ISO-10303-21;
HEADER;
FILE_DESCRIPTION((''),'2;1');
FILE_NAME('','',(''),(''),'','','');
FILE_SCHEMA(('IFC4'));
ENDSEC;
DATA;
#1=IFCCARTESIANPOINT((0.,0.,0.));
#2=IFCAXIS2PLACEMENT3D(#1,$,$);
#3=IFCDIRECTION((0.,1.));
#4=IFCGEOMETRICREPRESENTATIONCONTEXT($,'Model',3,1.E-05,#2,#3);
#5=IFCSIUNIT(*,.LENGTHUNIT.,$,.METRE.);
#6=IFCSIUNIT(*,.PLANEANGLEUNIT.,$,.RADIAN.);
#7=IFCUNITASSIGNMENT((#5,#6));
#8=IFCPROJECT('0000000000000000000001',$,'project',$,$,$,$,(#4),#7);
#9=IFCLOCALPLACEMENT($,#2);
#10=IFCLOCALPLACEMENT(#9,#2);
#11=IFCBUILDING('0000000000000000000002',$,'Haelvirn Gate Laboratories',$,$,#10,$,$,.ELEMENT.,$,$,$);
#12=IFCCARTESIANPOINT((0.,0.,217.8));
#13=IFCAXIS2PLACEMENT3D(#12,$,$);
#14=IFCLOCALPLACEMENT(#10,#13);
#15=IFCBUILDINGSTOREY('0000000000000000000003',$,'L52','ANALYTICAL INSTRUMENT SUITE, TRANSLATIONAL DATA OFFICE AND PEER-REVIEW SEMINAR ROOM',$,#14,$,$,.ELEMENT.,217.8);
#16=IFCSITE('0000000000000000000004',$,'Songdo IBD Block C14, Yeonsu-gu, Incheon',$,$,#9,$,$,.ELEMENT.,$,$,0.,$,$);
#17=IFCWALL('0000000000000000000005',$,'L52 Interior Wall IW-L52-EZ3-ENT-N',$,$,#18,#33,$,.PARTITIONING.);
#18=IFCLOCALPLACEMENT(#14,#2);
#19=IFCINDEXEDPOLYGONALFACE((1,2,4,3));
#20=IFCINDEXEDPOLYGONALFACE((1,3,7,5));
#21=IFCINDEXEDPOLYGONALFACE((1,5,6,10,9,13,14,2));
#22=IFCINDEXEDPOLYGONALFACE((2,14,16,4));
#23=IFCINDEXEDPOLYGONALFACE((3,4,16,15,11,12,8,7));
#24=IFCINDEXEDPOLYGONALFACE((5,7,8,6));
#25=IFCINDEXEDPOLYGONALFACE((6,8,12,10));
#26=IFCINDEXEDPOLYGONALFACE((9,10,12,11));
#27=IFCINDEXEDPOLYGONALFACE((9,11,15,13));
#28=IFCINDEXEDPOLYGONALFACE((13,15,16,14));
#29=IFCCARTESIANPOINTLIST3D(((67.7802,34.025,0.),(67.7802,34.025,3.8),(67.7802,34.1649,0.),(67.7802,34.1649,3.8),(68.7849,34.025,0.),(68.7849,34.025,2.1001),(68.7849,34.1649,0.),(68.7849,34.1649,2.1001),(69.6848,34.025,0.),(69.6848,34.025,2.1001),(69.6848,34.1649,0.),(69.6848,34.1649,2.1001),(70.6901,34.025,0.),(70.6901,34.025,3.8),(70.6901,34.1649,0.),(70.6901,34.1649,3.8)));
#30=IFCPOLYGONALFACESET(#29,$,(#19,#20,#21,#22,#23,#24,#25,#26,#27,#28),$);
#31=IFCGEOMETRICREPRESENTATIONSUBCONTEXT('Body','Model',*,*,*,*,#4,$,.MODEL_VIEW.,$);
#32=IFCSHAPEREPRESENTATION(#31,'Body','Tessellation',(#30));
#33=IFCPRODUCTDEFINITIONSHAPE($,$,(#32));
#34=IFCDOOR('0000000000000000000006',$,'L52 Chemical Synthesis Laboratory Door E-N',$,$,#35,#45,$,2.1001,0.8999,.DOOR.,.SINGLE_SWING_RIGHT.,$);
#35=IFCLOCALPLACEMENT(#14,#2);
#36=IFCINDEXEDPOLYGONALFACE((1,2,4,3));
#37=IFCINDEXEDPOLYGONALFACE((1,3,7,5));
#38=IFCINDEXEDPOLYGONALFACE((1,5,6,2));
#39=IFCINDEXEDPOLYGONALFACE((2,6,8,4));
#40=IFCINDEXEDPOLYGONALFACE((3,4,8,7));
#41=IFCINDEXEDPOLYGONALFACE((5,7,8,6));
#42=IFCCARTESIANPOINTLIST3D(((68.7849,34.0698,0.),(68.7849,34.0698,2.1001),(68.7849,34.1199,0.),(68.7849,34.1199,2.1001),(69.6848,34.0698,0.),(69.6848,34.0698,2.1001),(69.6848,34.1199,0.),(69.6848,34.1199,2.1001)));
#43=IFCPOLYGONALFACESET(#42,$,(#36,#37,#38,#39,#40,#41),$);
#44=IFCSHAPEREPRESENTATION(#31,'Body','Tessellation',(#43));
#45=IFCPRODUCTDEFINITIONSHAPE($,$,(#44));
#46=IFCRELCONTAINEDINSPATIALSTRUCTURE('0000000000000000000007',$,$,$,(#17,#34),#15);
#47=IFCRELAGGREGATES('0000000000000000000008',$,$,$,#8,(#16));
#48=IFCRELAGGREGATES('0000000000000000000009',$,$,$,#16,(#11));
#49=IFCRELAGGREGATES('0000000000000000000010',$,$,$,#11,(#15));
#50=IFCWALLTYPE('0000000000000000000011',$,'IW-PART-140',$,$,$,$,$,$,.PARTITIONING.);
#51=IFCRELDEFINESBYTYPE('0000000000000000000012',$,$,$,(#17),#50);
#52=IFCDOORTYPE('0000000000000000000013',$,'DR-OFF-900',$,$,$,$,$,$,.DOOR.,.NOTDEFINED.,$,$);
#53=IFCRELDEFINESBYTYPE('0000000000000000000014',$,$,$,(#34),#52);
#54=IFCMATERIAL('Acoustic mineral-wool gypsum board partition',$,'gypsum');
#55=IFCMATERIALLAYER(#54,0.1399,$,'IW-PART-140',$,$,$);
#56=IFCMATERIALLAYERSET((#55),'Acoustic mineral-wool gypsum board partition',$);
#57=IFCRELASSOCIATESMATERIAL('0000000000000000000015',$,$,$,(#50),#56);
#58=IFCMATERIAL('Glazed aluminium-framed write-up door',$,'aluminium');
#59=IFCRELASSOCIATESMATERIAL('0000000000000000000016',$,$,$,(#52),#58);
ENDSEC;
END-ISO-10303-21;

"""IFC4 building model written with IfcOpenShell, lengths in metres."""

from ifc_helpers import new_model, si_unit, direction, frame, frame_2d, origin, place, context, subcontext, project, spatial, rectangle, extrude, source, transform, mapped, material, layer, layer_set, type_object, type_shapes, element, fill, save


model = new_model("IFC4")

# Units and contexts
model_context = context("Model", 3, precision=1e-05, world=origin(), true_north=direction((0.0, 1.0)))
body_context = subcontext(model_context, "Body", "Model", "MODEL_VIEW")
ifc_project = project(units=[si_unit("LENGTHUNIT", "METRE"), si_unit("PLANEANGLEUNIT", "RADIAN")], contexts=[model_context])

# Site, building, storey
site_placement = place(None, origin())
site = spatial("IfcSite", under=ifc_project, at=site_placement, Name="Songdo IBD Block C14, Yeonsu-gu, Incheon", CompositionType="ELEMENT", RefElevation=0.0)
building_placement = place(site_placement, origin())
building = spatial("IfcBuilding", under=site, at=building_placement, Name="Haelvirn Gate Laboratories", CompositionType="ELEMENT")
storey_placement = place(building_placement, frame((0.0, 0.0, 217.8)))
storey = spatial("IfcBuildingStorey", under=building, at=storey_placement, Name="L52", Description="ANALYTICAL INSTRUMENT SUITE, TRANSLATIONAL DATA OFFICE AND PEER-REVIEW SEMINAR ROOM", CompositionType="ELEMENT", Elevation=217.8)

# Wall, opening, door
ifc_material_1 = material(Name="Acoustic mineral-wool gypsum board partition", Category="gypsum")
ifc_layer_1 = layer(ifc_material_1, 0.1399, Name="IW-PART-140")
ifc_layer_set_1 = layer_set([ifc_layer_1], Name="Acoustic mineral-wool gypsum board partition")
wall_type_1 = type_object("IfcWallType", Name="IW-PART-140", PredefinedType="PARTITIONING", material=ifc_layer_set_1)
wall_1_placement = place(storey_placement, frame((67.78, 34.095, 0.0), z_axis=(0.0, 0.0, 1.0), x_axis=(1.0, 0.0, 0.0)))
wall_1 = element("IfcWall", 1, at=wall_1_placement, inside=storey, type_object=wall_type_1, Name="L52 Interior Wall IW-L52-EZ3-ENT-N", PredefinedType="PARTITIONING", context=body_context, shape_type="SweptSolid", body=[
    extrude(rectangle(XDim=2.9099, YDim=0.1399, at=frame_2d((1.4551, 0.0))), origin(), (0.0, 0.0, 1.0), 3.8),
])
opening_1_placement = place(wall_1_placement, frame((1.0049, 0.0, 0.0)))
opening_1 = element("IfcOpeningElement", 2, at=opening_1_placement, cuts=wall_1, PredefinedType="OPENING", context=body_context, shape_type="SweptSolid", body=[
    extrude(rectangle(XDim=0.8999, YDim=2.1001, at=frame_2d((0.45, 1.05))), frame((0.0, 0.0801, 0.0), z_axis=(0.0, -1.0, 0.0), x_axis=(1.0, 0.0, 0.0)), (0.0, 0.0, 1.0), 0.1599),
])
ifc_material_2 = material(Name="Glazed aluminium-framed write-up door", Category="aluminium")
door_type_1 = type_object("IfcDoorType", Name="DR-OFF-900", OperationType="NOTDEFINED", PredefinedType="DOOR", material=ifc_material_2)
shared_shape_1 = source(origin(), body_context, "Body", "SweptSolid", [
    extrude(rectangle(XDim=0.8999, YDim=2.1001, at=frame_2d((0.45, 1.05))), frame((0.0, 0.0249, 0.0), z_axis=(0.0, -1.0, 0.0), x_axis=(1.0, 0.0, 0.0)), (0.0, 0.0, 1.0), 0.05),
])
type_shapes(door_type_1, [shared_shape_1])
door_1_placement = place(opening_1_placement, origin())
door_1 = element("IfcDoor", 3, at=door_1_placement, inside=storey, type_object=door_type_1, Name="L52 Chemical Synthesis Laboratory Door E-N", OperationType="SINGLE_SWING_RIGHT", OverallHeight=2.1001, OverallWidth=0.8999, PredefinedType="DOOR", context=body_context, shape_type="MappedRepresentation", body=[
    mapped(shared_shape_1, transform((0.0, 0.0, 0.0), scale=1.0)),
])
fill(opening_1, door_1)

save(model, "model.ifc")
